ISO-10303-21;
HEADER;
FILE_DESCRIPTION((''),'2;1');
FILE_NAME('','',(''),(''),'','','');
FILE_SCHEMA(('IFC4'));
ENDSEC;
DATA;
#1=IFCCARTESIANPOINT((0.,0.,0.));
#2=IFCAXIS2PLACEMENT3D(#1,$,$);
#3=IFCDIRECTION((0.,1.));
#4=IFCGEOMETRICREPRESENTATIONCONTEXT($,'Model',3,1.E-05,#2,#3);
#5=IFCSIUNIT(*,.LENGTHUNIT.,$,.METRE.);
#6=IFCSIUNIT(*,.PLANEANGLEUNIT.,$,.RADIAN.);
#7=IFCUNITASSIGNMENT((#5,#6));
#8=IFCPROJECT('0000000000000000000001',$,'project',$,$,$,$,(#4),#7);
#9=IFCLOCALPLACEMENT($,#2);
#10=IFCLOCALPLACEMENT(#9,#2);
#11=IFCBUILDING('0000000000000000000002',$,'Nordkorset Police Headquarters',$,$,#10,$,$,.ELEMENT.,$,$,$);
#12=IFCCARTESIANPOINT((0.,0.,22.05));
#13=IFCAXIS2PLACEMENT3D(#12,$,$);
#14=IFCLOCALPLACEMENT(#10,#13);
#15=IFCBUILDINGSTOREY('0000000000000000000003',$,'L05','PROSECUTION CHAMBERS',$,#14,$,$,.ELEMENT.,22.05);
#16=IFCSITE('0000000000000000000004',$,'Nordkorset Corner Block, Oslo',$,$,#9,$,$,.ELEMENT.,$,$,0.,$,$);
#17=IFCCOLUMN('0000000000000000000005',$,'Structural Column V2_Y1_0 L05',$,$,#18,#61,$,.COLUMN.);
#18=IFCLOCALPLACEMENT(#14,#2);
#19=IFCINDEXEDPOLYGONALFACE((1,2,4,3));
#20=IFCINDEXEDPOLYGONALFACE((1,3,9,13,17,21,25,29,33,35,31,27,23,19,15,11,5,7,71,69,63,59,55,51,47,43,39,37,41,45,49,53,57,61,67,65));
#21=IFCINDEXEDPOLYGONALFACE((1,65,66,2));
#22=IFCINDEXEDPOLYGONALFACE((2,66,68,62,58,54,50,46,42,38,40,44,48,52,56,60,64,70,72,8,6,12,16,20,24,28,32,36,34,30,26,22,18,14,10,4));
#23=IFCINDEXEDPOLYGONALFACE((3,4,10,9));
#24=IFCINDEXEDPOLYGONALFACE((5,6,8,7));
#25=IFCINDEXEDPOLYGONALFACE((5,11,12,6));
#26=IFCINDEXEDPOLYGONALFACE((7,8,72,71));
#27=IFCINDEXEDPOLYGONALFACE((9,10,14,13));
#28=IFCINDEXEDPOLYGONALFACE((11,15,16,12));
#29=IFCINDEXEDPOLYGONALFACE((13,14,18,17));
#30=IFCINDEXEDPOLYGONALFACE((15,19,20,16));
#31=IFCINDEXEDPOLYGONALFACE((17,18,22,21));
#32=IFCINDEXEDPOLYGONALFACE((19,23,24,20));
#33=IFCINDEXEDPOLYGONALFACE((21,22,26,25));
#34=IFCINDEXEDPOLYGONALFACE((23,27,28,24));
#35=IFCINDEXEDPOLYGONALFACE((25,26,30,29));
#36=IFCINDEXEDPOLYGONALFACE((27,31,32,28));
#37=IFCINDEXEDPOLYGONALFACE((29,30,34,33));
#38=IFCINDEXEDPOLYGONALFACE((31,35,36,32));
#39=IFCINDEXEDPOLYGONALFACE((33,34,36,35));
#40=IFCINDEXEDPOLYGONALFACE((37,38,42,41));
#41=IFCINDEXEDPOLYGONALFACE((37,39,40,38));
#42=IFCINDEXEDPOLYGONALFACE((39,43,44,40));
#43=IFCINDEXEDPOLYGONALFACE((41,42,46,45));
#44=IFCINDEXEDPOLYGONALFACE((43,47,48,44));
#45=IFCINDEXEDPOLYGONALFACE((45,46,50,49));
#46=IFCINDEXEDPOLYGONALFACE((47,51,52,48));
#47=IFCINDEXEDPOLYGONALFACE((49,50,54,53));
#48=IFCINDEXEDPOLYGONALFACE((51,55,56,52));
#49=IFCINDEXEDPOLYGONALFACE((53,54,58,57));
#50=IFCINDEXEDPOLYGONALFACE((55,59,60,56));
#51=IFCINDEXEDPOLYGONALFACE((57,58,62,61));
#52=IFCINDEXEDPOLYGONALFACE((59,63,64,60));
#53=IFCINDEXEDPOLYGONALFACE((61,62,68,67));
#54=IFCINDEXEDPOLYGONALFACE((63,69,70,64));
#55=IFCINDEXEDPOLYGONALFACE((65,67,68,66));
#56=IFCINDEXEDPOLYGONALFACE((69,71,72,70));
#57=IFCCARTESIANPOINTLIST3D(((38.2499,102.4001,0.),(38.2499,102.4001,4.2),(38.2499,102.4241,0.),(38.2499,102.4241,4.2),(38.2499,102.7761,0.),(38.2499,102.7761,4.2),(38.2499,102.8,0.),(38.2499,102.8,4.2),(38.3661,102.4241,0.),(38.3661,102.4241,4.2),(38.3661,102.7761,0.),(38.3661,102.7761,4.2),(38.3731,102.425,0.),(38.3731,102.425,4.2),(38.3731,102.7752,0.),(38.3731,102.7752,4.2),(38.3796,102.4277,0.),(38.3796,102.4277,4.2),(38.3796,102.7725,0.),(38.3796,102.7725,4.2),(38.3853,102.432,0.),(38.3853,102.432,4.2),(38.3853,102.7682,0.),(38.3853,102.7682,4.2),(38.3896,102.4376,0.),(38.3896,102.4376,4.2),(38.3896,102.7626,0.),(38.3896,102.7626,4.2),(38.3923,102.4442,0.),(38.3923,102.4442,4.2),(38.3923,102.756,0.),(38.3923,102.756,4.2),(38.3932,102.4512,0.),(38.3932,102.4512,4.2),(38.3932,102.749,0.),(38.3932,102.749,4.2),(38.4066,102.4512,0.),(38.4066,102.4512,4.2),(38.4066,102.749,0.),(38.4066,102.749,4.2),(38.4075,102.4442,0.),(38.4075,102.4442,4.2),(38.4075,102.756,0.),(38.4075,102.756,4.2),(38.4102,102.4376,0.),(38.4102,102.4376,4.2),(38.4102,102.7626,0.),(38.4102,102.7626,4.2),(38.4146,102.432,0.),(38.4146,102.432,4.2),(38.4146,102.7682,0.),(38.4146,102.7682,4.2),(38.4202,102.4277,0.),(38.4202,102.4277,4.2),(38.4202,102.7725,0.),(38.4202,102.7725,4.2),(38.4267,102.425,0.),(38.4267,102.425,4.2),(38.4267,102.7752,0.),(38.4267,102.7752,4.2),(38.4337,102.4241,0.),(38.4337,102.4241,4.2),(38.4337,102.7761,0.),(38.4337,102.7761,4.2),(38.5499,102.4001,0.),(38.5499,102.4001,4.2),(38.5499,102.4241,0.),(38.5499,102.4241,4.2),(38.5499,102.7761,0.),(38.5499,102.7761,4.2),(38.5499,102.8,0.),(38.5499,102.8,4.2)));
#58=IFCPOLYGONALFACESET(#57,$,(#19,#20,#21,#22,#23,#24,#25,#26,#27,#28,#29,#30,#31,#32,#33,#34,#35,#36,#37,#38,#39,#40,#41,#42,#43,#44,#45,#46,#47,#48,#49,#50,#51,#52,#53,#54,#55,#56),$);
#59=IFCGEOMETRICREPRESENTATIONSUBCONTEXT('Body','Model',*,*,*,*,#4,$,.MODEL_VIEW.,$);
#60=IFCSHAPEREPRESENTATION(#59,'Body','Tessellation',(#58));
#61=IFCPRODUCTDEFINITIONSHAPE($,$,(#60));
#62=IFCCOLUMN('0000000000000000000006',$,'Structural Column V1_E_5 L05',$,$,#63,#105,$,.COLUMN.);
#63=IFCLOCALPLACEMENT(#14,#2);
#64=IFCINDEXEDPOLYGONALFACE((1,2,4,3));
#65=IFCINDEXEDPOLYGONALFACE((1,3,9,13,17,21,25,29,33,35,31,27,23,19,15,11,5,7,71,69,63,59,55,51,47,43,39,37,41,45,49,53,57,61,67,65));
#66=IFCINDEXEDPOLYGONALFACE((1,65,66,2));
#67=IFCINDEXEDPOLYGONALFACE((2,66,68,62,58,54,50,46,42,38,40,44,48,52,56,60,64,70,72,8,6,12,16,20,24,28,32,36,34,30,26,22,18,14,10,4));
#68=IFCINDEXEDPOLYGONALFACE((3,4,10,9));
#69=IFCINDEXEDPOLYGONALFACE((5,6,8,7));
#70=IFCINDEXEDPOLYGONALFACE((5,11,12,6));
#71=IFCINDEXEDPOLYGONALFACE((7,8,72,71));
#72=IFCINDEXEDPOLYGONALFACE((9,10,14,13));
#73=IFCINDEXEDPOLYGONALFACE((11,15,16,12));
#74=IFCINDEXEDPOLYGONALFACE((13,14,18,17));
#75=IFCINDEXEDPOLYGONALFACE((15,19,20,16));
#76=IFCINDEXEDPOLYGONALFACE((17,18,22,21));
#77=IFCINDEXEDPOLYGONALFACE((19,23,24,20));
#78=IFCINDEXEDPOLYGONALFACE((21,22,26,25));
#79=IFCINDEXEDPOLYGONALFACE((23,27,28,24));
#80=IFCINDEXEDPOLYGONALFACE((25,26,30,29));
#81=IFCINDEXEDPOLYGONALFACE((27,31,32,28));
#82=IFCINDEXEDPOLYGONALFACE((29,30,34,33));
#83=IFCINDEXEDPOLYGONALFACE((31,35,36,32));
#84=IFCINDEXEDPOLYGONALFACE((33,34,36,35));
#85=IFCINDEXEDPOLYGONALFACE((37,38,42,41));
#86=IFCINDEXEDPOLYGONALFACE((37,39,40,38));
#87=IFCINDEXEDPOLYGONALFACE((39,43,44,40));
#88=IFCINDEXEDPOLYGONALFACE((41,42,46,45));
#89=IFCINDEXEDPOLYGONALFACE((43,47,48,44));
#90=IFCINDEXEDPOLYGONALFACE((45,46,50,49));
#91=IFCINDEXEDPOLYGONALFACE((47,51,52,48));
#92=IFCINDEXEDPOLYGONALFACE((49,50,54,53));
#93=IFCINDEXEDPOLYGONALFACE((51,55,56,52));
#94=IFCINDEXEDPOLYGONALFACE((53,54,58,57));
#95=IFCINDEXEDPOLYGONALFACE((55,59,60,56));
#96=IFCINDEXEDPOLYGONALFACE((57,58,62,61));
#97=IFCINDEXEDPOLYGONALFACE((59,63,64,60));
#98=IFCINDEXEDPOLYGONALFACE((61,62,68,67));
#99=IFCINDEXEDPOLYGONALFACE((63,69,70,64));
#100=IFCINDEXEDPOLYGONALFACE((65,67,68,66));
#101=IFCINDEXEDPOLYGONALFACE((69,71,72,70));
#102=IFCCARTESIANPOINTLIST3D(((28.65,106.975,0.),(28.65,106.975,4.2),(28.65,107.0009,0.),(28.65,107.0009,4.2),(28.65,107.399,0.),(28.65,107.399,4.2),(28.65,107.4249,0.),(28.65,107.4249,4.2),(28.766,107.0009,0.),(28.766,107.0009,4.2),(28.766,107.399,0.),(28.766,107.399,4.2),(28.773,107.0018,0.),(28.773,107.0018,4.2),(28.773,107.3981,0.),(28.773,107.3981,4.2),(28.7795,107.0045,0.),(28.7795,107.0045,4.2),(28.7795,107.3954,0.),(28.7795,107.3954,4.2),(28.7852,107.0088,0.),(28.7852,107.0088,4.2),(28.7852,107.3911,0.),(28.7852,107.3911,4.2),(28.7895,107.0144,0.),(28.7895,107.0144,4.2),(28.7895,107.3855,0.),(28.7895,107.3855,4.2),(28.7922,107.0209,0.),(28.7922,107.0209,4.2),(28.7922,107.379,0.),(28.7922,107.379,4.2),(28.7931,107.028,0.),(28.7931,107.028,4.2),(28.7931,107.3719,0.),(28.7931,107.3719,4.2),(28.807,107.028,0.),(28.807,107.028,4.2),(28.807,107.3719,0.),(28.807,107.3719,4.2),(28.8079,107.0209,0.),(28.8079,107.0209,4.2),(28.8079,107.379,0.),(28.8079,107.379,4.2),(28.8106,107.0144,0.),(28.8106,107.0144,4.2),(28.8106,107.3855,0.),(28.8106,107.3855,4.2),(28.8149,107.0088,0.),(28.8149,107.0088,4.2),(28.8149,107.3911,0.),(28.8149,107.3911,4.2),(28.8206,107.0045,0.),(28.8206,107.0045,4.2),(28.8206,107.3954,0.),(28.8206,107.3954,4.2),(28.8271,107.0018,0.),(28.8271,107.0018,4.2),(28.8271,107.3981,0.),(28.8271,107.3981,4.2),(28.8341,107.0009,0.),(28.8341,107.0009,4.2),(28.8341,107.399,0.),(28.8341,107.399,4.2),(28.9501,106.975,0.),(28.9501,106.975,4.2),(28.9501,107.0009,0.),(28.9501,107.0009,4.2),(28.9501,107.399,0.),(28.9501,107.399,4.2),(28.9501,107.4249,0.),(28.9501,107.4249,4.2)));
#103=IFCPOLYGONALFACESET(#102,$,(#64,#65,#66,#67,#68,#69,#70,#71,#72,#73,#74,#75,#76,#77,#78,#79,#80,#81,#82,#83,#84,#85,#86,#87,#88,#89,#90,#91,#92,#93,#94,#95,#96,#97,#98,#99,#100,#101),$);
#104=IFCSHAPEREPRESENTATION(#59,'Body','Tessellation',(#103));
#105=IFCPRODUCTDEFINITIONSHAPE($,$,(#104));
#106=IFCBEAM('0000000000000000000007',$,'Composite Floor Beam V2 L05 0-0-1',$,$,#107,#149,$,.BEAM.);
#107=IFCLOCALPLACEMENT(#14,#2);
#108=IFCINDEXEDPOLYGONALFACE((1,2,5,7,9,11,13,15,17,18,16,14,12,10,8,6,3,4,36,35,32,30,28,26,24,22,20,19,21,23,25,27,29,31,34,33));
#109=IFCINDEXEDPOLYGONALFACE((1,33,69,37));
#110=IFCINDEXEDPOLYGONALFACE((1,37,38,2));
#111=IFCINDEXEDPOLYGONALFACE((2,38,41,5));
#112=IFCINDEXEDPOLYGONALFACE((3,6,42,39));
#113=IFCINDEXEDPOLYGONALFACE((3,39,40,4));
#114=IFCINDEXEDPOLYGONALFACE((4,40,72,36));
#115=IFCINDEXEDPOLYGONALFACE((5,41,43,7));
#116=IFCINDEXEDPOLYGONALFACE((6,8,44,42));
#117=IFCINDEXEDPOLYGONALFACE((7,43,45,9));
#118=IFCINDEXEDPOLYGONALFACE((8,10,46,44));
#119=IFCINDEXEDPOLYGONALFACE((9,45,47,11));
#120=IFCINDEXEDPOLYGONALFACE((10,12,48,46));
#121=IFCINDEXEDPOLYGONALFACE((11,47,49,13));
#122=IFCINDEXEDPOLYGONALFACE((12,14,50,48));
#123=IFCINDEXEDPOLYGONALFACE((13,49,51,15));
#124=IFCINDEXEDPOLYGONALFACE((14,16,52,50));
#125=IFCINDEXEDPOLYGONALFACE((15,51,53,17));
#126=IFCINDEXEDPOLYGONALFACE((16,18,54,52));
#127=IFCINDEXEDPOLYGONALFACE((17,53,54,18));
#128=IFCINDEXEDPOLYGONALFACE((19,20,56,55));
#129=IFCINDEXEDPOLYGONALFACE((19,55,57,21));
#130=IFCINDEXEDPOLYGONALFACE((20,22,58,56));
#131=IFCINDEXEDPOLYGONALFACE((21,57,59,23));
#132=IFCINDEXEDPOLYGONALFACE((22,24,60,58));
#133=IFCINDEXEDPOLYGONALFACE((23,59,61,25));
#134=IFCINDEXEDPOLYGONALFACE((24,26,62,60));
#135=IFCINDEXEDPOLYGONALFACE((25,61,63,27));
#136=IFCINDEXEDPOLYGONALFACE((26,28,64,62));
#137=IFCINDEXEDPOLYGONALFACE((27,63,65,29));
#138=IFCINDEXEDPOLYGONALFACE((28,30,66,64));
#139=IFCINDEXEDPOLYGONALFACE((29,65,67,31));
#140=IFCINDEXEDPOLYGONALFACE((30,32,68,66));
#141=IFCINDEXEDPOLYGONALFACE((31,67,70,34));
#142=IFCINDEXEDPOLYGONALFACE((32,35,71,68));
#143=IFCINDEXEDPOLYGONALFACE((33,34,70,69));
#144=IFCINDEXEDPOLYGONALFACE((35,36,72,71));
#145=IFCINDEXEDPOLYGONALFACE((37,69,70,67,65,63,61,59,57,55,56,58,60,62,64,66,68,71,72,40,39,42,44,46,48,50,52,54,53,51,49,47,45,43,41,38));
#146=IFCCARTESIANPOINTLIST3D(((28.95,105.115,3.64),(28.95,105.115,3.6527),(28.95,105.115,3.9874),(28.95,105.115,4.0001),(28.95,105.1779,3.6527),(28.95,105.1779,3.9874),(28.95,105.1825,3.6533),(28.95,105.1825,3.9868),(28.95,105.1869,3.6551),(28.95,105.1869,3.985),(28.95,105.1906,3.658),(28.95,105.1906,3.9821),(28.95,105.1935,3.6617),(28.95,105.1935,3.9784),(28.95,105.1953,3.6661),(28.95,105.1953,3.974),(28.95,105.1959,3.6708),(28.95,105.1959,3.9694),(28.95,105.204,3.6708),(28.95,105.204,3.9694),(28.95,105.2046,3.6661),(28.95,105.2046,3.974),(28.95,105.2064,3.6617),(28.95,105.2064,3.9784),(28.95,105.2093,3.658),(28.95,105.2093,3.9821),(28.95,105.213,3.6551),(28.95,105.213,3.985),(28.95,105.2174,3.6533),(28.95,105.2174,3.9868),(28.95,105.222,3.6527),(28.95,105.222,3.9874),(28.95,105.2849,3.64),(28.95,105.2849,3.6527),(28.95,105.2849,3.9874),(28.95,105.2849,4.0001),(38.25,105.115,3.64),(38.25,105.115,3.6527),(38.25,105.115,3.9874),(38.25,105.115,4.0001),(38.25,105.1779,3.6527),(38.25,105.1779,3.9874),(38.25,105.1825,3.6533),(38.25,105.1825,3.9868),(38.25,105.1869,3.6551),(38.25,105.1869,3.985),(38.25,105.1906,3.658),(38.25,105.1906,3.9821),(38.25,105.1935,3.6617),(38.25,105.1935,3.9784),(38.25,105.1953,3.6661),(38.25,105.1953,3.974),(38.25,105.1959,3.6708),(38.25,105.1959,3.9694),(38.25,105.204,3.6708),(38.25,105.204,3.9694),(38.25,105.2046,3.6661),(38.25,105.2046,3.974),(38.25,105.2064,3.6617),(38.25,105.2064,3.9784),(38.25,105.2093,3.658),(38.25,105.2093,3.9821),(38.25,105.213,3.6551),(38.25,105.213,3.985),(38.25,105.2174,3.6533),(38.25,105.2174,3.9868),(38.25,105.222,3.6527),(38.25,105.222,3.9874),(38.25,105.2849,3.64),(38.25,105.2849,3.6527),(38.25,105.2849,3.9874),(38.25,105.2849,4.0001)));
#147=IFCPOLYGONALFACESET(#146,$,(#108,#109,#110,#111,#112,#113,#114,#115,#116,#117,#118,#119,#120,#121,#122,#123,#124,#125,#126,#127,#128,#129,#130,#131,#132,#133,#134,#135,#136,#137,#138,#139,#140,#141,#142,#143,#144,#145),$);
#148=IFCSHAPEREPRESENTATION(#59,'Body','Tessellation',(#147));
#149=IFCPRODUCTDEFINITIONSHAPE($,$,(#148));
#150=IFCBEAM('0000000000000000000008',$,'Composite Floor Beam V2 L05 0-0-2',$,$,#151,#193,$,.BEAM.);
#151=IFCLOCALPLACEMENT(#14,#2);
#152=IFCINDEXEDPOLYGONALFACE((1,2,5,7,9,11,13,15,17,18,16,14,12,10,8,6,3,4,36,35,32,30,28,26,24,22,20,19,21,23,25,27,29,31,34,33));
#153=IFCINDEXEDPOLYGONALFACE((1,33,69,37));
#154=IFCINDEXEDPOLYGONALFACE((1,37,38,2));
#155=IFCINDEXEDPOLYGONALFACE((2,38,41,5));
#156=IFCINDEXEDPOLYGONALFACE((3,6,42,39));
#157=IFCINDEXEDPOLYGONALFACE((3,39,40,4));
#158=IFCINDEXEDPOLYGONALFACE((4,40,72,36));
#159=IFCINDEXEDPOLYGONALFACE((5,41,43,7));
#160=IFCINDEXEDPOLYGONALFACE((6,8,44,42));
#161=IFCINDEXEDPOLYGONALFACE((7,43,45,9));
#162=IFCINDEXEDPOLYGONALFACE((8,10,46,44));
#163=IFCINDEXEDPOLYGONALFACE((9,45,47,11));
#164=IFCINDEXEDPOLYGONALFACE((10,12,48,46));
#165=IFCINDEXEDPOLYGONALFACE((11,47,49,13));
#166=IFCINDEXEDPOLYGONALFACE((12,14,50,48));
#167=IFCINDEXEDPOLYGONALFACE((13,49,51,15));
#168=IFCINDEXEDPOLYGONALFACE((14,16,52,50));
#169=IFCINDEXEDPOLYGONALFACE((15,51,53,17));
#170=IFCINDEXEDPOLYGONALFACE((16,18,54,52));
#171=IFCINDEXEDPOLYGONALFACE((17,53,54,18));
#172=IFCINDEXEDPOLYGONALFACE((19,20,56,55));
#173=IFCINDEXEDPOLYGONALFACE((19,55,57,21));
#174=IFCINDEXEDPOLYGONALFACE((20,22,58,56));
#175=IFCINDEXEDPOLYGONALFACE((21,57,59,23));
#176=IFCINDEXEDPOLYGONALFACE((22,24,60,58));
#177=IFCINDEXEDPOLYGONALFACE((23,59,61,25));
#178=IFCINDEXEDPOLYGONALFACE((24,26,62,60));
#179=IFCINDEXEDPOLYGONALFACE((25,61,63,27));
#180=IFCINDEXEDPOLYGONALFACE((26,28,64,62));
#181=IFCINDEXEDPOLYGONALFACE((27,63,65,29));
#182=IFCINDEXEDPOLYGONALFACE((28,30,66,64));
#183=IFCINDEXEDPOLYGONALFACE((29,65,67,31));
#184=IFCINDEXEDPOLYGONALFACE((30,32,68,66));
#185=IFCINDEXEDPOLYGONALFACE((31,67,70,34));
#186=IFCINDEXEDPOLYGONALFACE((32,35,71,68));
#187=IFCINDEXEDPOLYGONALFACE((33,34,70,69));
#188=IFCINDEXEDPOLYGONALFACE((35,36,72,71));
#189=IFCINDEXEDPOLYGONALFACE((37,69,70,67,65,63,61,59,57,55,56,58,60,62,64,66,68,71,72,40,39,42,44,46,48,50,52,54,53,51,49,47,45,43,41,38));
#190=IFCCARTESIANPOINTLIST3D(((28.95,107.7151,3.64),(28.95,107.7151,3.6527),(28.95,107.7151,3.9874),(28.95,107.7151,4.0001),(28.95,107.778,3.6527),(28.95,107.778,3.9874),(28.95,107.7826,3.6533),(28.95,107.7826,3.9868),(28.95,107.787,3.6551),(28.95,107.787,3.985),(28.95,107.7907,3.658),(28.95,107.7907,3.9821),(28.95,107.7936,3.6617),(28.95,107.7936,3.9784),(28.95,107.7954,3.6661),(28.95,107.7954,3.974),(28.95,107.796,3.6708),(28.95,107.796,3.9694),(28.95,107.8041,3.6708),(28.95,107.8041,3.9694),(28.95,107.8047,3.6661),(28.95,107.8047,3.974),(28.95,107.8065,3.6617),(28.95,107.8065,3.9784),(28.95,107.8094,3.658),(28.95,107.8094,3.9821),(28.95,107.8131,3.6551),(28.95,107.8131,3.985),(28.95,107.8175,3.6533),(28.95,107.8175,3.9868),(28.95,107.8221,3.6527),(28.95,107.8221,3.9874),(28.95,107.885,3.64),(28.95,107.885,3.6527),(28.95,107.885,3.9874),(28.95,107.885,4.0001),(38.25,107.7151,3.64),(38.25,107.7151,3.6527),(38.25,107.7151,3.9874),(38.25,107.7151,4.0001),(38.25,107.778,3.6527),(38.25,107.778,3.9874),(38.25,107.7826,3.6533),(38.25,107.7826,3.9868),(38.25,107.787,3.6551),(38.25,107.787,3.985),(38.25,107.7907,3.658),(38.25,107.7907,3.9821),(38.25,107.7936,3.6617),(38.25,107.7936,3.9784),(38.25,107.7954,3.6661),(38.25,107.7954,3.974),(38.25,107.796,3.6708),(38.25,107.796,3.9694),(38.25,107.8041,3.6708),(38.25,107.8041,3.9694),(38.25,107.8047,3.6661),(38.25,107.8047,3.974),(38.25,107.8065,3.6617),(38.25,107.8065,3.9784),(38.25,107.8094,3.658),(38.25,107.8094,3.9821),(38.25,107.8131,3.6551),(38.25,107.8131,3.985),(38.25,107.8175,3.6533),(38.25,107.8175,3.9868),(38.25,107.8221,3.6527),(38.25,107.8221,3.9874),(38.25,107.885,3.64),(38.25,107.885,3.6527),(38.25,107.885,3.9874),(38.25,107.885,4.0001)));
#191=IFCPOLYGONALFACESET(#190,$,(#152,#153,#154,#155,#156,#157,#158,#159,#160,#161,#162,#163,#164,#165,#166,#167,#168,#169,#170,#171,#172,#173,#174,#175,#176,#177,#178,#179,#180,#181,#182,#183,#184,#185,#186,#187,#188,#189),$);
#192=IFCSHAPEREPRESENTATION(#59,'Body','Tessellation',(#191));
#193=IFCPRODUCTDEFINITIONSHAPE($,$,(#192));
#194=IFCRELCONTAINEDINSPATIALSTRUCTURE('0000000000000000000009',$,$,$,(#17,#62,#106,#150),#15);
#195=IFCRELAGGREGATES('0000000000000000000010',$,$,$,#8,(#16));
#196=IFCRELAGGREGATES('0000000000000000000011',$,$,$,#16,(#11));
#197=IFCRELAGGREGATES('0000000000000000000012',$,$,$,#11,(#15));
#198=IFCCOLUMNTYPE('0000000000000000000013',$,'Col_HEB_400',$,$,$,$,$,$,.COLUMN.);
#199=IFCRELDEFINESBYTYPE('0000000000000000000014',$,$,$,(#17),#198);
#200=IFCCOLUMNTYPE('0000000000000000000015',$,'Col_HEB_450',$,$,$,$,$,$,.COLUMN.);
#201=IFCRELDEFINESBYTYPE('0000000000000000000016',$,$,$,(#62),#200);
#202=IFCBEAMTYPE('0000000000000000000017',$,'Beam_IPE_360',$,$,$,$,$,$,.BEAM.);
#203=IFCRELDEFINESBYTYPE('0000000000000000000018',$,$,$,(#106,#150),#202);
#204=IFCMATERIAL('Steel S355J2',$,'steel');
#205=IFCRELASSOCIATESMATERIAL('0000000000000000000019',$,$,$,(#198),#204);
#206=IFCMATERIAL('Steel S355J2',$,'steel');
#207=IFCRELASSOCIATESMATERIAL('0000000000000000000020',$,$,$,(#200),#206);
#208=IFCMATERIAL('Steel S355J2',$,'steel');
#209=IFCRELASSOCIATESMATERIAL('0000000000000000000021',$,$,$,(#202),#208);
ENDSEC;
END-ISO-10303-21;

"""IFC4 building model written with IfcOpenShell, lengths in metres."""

from ifc_helpers import new_model, si_unit, direction, frame, origin, origin_2d, place, context, subcontext, project, spatial, i_section, extrude, material, material_profile, profile_set, type_object, element, save


model = new_model("IFC4")

# Units and contexts
model_context = context("Model", 3, precision=1e-05, world=origin(), true_north=direction((0.0, 1.0)))
body_context = subcontext(model_context, "Body", "Model", "MODEL_VIEW")
ifc_project = project(units=[si_unit("LENGTHUNIT", "METRE"), si_unit("PLANEANGLEUNIT", "RADIAN")], contexts=[model_context])

# Site, building, storey
site_placement = place(None, origin())
site = spatial("IfcSite", under=ifc_project, at=site_placement, Name="Nordkorset Corner Block, Oslo", CompositionType="ELEMENT", RefElevation=0.0)
building_placement = place(site_placement, origin())
building = spatial("IfcBuilding", under=site, at=building_placement, Name="Nordkorset Police Headquarters", CompositionType="ELEMENT")
storey_placement = place(building_placement, frame((0.0, 0.0, 22.05)))
storey = spatial("IfcBuildingStorey", under=building, at=storey_placement, Name="L05", Description="PROSECUTION CHAMBERS", CompositionType="ELEMENT", Elevation=22.05)

# Columns
ifc_material_1 = material(Name="Steel S355J2", Category="steel")
ifc_material_profile_1 = material_profile(ifc_material_1, i_section(OverallWidth=0.3, OverallDepth=0.3999, WebThickness=0.0134, FlangeThickness=0.0239, FilletRadius=0.0271, at=origin_2d()), Name="HEB 400")
ifc_profile_set_1 = profile_set([ifc_material_profile_1], Name="Steel S355J2")
column_type_1 = type_object("IfcColumnType", Name="Col_HEB_400", PredefinedType="COLUMN", material=ifc_profile_set_1)
column_1_placement = place(storey_placement, frame((38.3999, 102.6001, 0.0), z_axis=(0.0, 0.0, 1.0), x_axis=(1.0, 0.0, 0.0)))
element("IfcColumn", 1, at=column_1_placement, inside=storey, type_object=column_type_1, Name="Structural Column V2_Y1_0 L05", PredefinedType="COLUMN", context=body_context, shape_type="SweptSolid", body=[
    extrude(i_section(OverallWidth=0.3, OverallDepth=0.3999, WebThickness=0.0134, FlangeThickness=0.0239, FilletRadius=0.0271, at=origin_2d()), origin(), (0.0, 0.0, 1.0), 4.2),
])
ifc_material_2 = material(Name="Steel S355J2", Category="steel")
ifc_material_profile_2 = material_profile(ifc_material_2, i_section(OverallWidth=0.3, OverallDepth=0.45, WebThickness=0.0139, FlangeThickness=0.0259, FilletRadius=0.0271, at=origin_2d()), Name="HEB 450")
ifc_profile_set_2 = profile_set([ifc_material_profile_2], Name="Steel S355J2")
column_type_2 = type_object("IfcColumnType", Name="Col_HEB_450", PredefinedType="COLUMN", material=ifc_profile_set_2)
column_2_placement = place(storey_placement, frame((28.8, 107.2, 0.0), z_axis=(0.0, 0.0, 1.0), x_axis=(1.0, 0.0, 0.0)))
element("IfcColumn", 2, at=column_2_placement, inside=storey, type_object=column_type_2, Name="Structural Column V1_E_5 L05", PredefinedType="COLUMN", context=body_context, shape_type="SweptSolid", body=[
    extrude(i_section(OverallWidth=0.3, OverallDepth=0.45, WebThickness=0.0139, FlangeThickness=0.0259, FilletRadius=0.0271, at=origin_2d()), origin(), (0.0, 0.0, 1.0), 4.2),
])

# Beams
ifc_material_3 = material(Name="Steel S355J2", Category="steel")
ifc_material_profile_3 = material_profile(ifc_material_3, i_section(OverallWidth=0.1699, OverallDepth=0.3601, WebThickness=0.0081, FlangeThickness=0.0127, FilletRadius=0.0181, at=origin_2d()), Name="IPE 360")
ifc_profile_set_3 = profile_set([ifc_material_profile_3], Name="Steel S355J2")
beam_type_1 = type_object("IfcBeamType", Name="Beam_IPE_360", PredefinedType="BEAM", material=ifc_profile_set_3)
for number, where, z_axis, x_axis, name in (
    (3, (28.95, 105.2, 3.8201), (1.0, 0.0, 0.0), (0.0, 1.0, 0.0), "Composite Floor Beam V2 L05 0-0-1"),
    (4, (28.95, 107.8, 3.8201), (1.0, 0.0, 0.0), (0.0, 1.0, 0.0), "Composite Floor Beam V2 L05 0-0-2"),
):
    element("IfcBeam", number, at=place(storey_placement, frame(where, z_axis=z_axis, x_axis=x_axis)), inside=storey, type_object=beam_type_1, Name=name, PredefinedType="BEAM", context=body_context, shape_type="SweptSolid", body=[
        extrude(i_section(OverallWidth=0.1699, OverallDepth=0.3601, WebThickness=0.0081, FlangeThickness=0.0127, FilletRadius=0.0181, at=origin_2d()), origin(), (0.0, 0.0, 1.0), 9.3),
    ])

save(model, "model.ifc")
